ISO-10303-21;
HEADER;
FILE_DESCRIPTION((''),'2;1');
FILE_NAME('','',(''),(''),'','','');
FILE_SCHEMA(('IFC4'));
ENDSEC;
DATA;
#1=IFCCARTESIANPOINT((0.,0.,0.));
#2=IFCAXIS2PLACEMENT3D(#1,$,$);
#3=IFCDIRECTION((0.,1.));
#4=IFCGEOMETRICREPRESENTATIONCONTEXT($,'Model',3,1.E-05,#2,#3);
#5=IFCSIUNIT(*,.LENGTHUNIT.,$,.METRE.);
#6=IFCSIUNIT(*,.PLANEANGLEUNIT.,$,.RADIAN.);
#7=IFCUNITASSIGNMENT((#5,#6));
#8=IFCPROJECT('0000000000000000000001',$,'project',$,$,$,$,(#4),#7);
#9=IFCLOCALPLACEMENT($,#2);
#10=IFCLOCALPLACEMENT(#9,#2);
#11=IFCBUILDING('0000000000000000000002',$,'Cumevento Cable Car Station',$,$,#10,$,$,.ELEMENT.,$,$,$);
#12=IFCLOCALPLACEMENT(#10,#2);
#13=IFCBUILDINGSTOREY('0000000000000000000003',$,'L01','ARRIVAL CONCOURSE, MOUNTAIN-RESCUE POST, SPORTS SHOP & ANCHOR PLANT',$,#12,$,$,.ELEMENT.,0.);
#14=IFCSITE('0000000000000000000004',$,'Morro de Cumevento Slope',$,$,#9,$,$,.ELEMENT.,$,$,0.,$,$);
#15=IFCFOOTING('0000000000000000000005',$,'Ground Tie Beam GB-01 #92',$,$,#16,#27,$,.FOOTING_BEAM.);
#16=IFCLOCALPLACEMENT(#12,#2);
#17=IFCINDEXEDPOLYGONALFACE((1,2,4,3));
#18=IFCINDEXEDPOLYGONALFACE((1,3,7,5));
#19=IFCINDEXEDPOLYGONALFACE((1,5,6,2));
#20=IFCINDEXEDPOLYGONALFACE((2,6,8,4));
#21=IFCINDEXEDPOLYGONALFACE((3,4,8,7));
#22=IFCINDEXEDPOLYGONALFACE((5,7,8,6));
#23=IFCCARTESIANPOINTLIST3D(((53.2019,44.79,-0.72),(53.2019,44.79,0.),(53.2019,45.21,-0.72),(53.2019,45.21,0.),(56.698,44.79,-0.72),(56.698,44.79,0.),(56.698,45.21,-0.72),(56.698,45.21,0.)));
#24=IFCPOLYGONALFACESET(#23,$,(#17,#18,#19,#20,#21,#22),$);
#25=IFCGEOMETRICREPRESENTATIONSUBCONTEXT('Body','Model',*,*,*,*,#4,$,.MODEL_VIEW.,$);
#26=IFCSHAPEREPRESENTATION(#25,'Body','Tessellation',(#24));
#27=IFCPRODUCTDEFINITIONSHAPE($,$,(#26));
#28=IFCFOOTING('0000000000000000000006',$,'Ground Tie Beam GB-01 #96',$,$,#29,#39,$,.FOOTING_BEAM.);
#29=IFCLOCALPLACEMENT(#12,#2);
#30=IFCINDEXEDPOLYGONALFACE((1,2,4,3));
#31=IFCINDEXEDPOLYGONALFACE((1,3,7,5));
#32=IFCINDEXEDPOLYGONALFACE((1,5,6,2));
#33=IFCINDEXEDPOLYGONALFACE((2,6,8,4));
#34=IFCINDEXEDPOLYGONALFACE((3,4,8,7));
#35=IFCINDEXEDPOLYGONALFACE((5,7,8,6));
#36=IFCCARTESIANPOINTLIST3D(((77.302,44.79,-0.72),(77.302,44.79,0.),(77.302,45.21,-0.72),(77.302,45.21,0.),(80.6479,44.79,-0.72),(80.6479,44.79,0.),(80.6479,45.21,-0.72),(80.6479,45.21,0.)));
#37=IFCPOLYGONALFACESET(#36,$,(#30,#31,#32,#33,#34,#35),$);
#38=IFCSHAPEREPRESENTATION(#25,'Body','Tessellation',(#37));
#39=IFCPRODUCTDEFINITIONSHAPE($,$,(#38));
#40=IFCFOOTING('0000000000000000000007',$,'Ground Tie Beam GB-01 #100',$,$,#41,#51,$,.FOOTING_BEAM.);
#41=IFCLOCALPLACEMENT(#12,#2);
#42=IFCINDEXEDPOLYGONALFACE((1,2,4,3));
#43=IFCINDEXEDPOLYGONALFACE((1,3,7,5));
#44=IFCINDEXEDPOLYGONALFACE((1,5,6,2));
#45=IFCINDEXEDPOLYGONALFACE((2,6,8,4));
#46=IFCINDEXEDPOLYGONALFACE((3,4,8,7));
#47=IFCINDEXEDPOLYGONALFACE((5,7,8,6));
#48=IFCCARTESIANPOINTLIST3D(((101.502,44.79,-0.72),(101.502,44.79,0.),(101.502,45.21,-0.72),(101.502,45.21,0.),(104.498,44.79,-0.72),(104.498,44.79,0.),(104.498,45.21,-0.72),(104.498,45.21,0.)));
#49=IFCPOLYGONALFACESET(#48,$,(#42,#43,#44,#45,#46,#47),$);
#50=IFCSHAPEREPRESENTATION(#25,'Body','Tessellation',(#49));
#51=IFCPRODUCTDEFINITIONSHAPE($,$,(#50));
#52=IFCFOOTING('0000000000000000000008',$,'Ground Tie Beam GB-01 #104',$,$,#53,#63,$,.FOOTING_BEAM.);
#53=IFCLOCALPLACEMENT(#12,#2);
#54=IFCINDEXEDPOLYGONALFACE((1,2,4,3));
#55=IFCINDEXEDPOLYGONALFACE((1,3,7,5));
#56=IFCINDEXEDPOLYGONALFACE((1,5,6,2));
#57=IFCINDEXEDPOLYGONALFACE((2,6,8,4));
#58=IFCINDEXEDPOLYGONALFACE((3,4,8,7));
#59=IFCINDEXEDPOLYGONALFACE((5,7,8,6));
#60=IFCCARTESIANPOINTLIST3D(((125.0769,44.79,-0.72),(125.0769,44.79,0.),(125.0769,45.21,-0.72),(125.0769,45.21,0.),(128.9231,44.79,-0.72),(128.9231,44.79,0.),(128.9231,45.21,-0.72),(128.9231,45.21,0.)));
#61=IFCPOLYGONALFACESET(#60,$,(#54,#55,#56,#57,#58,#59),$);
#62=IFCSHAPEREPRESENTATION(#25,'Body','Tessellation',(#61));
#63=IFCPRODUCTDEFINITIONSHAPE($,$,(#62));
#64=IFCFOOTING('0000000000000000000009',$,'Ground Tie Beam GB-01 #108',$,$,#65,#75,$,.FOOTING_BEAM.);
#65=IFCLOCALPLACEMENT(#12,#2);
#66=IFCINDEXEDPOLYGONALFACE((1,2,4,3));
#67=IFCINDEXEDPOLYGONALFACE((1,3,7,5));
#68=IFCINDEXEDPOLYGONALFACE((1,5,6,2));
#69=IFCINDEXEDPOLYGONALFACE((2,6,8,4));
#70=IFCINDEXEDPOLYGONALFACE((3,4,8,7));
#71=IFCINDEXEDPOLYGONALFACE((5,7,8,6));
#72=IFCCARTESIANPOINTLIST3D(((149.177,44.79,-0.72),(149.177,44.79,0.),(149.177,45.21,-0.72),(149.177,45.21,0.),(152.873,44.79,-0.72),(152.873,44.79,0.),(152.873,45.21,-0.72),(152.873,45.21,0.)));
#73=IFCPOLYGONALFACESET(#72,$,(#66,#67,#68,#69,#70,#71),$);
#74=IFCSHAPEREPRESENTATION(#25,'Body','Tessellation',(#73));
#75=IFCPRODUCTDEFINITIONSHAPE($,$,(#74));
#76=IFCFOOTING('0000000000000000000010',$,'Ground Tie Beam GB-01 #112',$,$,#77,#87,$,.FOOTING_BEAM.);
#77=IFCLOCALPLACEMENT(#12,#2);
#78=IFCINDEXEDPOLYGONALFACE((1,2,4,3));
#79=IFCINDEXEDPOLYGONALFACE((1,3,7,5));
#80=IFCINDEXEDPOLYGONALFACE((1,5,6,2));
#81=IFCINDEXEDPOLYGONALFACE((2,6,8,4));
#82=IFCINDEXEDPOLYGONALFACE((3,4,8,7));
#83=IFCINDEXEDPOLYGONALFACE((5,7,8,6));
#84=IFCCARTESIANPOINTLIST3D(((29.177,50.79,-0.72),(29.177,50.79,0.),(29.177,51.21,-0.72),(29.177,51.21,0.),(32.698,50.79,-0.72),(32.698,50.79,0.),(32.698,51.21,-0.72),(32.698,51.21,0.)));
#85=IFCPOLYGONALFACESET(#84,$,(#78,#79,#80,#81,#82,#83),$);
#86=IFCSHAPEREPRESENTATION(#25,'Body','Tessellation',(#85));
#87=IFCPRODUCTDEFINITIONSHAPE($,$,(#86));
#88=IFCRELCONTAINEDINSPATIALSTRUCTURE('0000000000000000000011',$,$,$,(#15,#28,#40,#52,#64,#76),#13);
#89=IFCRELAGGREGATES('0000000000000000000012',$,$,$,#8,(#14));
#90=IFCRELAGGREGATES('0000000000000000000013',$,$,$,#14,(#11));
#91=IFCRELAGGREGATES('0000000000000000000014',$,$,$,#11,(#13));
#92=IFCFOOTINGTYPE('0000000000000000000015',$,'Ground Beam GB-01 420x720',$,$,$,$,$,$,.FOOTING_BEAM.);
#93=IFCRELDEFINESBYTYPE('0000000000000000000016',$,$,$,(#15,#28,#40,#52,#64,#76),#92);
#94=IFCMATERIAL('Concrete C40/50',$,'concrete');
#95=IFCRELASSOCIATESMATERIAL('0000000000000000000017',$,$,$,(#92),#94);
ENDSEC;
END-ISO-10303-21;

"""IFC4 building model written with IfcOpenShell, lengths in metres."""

from ifc_helpers import new_model, si_unit, direction, frame, origin, place, context, subcontext, project, spatial, polyline, outline, extrude, material, type_object, element, save


model = new_model("IFC4")

# Units and contexts
model_context = context("Model", 3, precision=1e-05, world=origin(), true_north=direction((0.0, 1.0)))
body_context = subcontext(model_context, "Body", "Model", "MODEL_VIEW")
ifc_project = project(units=[si_unit("LENGTHUNIT", "METRE"), si_unit("PLANEANGLEUNIT", "RADIAN")], contexts=[model_context])

# Site, building, storey
site_placement = place(None, origin())
site = spatial("IfcSite", under=ifc_project, at=site_placement, Name="Morro de Cumevento Slope", CompositionType="ELEMENT", RefElevation=0.0)
building_placement = place(site_placement, origin())
building = spatial("IfcBuilding", under=site, at=building_placement, Name="Cumevento Cable Car Station", CompositionType="ELEMENT")
storey_placement = place(building_placement, origin())
storey = spatial("IfcBuildingStorey", under=building, at=storey_placement, Name="L01", Description="ARRIVAL CONCOURSE, MOUNTAIN-RESCUE POST, SPORTS SHOP & ANCHOR PLANT", CompositionType="ELEMENT", Elevation=0.0)

# Footings
ifc_material = material(Name="Concrete C40/50", Category="concrete")
footing_type = type_object("IfcFootingType", Name="Ground Beam GB-01 420x720", PredefinedType="FOOTING_BEAM", material=ifc_material)
footing_1_placement = place(storey_placement, frame((0.0, 0.0, -0.72)))
element("IfcFooting", 1, at=footing_1_placement, inside=storey, type_object=footing_type, Name="Ground Tie Beam GB-01 #92", PredefinedType="FOOTING_BEAM", context=body_context, shape_type="SweptSolid", body=[
    extrude(outline(polyline([(53.2019, 44.79), (56.698, 44.79), (56.698, 45.21), (53.2019, 45.21), (53.2019, 44.79)])), origin(), (0.0, 0.0, 1.0), 0.72),
])
footing_2_placement = place(storey_placement, frame((0.0, 0.0, -0.72)))
element("IfcFooting", 2, at=footing_2_placement, inside=storey, type_object=footing_type, Name="Ground Tie Beam GB-01 #96", PredefinedType="FOOTING_BEAM", context=body_context, shape_type="SweptSolid", body=[
    extrude(outline(polyline([(77.302, 44.79), (80.6479, 44.79), (80.6479, 45.21), (77.302, 45.21), (77.302, 44.79)])), origin(), (0.0, 0.0, 1.0), 0.72),
])
footing_3_placement = place(storey_placement, frame((0.0, 0.0, -0.72)))
element("IfcFooting", 3, at=footing_3_placement, inside=storey, type_object=footing_type, Name="Ground Tie Beam GB-01 #100", PredefinedType="FOOTING_BEAM", context=body_context, shape_type="SweptSolid", body=[
    extrude(outline(polyline([(101.502, 44.79), (104.498, 44.79), (104.498, 45.21), (101.502, 45.21), (101.502, 44.79)])), origin(), (0.0, 0.0, 1.0), 0.72),
])
footing_4_placement = place(storey_placement, frame((0.0, 0.0, -0.72)))
element("IfcFooting", 4, at=footing_4_placement, inside=storey, type_object=footing_type, Name="Ground Tie Beam GB-01 #104", PredefinedType="FOOTING_BEAM", context=body_context, shape_type="SweptSolid", body=[
    extrude(outline(polyline([(125.0769, 44.79), (128.9231, 44.79), (128.9231, 45.21), (125.0769, 45.21), (125.0769, 44.79)])), origin(), (0.0, 0.0, 1.0), 0.72),
])
footing_5_placement = place(storey_placement, frame((0.0, 0.0, -0.72)))
element("IfcFooting", 5, at=footing_5_placement, inside=storey, type_object=footing_type, Name="Ground Tie Beam GB-01 #108", PredefinedType="FOOTING_BEAM", context=body_context, shape_type="SweptSolid", body=[
    extrude(outline(polyline([(149.177, 44.79), (152.873, 44.79), (152.873, 45.21), (149.177, 45.21), (149.177, 44.79)])), origin(), (0.0, 0.0, 1.0), 0.72),
])
footing_6_placement = place(storey_placement, frame((0.0, 0.0, -0.72)))
element("IfcFooting", 6, at=footing_6_placement, inside=storey, type_object=footing_type, Name="Ground Tie Beam GB-01 #112", PredefinedType="FOOTING_BEAM", context=body_context, shape_type="SweptSolid", body=[
    extrude(outline(polyline([(29.177, 50.79), (32.698, 50.79), (32.698, 51.21), (29.177, 51.21), (29.177, 50.79)])), origin(), (0.0, 0.0, 1.0), 0.72),
])

save(model, "model.ifc")
